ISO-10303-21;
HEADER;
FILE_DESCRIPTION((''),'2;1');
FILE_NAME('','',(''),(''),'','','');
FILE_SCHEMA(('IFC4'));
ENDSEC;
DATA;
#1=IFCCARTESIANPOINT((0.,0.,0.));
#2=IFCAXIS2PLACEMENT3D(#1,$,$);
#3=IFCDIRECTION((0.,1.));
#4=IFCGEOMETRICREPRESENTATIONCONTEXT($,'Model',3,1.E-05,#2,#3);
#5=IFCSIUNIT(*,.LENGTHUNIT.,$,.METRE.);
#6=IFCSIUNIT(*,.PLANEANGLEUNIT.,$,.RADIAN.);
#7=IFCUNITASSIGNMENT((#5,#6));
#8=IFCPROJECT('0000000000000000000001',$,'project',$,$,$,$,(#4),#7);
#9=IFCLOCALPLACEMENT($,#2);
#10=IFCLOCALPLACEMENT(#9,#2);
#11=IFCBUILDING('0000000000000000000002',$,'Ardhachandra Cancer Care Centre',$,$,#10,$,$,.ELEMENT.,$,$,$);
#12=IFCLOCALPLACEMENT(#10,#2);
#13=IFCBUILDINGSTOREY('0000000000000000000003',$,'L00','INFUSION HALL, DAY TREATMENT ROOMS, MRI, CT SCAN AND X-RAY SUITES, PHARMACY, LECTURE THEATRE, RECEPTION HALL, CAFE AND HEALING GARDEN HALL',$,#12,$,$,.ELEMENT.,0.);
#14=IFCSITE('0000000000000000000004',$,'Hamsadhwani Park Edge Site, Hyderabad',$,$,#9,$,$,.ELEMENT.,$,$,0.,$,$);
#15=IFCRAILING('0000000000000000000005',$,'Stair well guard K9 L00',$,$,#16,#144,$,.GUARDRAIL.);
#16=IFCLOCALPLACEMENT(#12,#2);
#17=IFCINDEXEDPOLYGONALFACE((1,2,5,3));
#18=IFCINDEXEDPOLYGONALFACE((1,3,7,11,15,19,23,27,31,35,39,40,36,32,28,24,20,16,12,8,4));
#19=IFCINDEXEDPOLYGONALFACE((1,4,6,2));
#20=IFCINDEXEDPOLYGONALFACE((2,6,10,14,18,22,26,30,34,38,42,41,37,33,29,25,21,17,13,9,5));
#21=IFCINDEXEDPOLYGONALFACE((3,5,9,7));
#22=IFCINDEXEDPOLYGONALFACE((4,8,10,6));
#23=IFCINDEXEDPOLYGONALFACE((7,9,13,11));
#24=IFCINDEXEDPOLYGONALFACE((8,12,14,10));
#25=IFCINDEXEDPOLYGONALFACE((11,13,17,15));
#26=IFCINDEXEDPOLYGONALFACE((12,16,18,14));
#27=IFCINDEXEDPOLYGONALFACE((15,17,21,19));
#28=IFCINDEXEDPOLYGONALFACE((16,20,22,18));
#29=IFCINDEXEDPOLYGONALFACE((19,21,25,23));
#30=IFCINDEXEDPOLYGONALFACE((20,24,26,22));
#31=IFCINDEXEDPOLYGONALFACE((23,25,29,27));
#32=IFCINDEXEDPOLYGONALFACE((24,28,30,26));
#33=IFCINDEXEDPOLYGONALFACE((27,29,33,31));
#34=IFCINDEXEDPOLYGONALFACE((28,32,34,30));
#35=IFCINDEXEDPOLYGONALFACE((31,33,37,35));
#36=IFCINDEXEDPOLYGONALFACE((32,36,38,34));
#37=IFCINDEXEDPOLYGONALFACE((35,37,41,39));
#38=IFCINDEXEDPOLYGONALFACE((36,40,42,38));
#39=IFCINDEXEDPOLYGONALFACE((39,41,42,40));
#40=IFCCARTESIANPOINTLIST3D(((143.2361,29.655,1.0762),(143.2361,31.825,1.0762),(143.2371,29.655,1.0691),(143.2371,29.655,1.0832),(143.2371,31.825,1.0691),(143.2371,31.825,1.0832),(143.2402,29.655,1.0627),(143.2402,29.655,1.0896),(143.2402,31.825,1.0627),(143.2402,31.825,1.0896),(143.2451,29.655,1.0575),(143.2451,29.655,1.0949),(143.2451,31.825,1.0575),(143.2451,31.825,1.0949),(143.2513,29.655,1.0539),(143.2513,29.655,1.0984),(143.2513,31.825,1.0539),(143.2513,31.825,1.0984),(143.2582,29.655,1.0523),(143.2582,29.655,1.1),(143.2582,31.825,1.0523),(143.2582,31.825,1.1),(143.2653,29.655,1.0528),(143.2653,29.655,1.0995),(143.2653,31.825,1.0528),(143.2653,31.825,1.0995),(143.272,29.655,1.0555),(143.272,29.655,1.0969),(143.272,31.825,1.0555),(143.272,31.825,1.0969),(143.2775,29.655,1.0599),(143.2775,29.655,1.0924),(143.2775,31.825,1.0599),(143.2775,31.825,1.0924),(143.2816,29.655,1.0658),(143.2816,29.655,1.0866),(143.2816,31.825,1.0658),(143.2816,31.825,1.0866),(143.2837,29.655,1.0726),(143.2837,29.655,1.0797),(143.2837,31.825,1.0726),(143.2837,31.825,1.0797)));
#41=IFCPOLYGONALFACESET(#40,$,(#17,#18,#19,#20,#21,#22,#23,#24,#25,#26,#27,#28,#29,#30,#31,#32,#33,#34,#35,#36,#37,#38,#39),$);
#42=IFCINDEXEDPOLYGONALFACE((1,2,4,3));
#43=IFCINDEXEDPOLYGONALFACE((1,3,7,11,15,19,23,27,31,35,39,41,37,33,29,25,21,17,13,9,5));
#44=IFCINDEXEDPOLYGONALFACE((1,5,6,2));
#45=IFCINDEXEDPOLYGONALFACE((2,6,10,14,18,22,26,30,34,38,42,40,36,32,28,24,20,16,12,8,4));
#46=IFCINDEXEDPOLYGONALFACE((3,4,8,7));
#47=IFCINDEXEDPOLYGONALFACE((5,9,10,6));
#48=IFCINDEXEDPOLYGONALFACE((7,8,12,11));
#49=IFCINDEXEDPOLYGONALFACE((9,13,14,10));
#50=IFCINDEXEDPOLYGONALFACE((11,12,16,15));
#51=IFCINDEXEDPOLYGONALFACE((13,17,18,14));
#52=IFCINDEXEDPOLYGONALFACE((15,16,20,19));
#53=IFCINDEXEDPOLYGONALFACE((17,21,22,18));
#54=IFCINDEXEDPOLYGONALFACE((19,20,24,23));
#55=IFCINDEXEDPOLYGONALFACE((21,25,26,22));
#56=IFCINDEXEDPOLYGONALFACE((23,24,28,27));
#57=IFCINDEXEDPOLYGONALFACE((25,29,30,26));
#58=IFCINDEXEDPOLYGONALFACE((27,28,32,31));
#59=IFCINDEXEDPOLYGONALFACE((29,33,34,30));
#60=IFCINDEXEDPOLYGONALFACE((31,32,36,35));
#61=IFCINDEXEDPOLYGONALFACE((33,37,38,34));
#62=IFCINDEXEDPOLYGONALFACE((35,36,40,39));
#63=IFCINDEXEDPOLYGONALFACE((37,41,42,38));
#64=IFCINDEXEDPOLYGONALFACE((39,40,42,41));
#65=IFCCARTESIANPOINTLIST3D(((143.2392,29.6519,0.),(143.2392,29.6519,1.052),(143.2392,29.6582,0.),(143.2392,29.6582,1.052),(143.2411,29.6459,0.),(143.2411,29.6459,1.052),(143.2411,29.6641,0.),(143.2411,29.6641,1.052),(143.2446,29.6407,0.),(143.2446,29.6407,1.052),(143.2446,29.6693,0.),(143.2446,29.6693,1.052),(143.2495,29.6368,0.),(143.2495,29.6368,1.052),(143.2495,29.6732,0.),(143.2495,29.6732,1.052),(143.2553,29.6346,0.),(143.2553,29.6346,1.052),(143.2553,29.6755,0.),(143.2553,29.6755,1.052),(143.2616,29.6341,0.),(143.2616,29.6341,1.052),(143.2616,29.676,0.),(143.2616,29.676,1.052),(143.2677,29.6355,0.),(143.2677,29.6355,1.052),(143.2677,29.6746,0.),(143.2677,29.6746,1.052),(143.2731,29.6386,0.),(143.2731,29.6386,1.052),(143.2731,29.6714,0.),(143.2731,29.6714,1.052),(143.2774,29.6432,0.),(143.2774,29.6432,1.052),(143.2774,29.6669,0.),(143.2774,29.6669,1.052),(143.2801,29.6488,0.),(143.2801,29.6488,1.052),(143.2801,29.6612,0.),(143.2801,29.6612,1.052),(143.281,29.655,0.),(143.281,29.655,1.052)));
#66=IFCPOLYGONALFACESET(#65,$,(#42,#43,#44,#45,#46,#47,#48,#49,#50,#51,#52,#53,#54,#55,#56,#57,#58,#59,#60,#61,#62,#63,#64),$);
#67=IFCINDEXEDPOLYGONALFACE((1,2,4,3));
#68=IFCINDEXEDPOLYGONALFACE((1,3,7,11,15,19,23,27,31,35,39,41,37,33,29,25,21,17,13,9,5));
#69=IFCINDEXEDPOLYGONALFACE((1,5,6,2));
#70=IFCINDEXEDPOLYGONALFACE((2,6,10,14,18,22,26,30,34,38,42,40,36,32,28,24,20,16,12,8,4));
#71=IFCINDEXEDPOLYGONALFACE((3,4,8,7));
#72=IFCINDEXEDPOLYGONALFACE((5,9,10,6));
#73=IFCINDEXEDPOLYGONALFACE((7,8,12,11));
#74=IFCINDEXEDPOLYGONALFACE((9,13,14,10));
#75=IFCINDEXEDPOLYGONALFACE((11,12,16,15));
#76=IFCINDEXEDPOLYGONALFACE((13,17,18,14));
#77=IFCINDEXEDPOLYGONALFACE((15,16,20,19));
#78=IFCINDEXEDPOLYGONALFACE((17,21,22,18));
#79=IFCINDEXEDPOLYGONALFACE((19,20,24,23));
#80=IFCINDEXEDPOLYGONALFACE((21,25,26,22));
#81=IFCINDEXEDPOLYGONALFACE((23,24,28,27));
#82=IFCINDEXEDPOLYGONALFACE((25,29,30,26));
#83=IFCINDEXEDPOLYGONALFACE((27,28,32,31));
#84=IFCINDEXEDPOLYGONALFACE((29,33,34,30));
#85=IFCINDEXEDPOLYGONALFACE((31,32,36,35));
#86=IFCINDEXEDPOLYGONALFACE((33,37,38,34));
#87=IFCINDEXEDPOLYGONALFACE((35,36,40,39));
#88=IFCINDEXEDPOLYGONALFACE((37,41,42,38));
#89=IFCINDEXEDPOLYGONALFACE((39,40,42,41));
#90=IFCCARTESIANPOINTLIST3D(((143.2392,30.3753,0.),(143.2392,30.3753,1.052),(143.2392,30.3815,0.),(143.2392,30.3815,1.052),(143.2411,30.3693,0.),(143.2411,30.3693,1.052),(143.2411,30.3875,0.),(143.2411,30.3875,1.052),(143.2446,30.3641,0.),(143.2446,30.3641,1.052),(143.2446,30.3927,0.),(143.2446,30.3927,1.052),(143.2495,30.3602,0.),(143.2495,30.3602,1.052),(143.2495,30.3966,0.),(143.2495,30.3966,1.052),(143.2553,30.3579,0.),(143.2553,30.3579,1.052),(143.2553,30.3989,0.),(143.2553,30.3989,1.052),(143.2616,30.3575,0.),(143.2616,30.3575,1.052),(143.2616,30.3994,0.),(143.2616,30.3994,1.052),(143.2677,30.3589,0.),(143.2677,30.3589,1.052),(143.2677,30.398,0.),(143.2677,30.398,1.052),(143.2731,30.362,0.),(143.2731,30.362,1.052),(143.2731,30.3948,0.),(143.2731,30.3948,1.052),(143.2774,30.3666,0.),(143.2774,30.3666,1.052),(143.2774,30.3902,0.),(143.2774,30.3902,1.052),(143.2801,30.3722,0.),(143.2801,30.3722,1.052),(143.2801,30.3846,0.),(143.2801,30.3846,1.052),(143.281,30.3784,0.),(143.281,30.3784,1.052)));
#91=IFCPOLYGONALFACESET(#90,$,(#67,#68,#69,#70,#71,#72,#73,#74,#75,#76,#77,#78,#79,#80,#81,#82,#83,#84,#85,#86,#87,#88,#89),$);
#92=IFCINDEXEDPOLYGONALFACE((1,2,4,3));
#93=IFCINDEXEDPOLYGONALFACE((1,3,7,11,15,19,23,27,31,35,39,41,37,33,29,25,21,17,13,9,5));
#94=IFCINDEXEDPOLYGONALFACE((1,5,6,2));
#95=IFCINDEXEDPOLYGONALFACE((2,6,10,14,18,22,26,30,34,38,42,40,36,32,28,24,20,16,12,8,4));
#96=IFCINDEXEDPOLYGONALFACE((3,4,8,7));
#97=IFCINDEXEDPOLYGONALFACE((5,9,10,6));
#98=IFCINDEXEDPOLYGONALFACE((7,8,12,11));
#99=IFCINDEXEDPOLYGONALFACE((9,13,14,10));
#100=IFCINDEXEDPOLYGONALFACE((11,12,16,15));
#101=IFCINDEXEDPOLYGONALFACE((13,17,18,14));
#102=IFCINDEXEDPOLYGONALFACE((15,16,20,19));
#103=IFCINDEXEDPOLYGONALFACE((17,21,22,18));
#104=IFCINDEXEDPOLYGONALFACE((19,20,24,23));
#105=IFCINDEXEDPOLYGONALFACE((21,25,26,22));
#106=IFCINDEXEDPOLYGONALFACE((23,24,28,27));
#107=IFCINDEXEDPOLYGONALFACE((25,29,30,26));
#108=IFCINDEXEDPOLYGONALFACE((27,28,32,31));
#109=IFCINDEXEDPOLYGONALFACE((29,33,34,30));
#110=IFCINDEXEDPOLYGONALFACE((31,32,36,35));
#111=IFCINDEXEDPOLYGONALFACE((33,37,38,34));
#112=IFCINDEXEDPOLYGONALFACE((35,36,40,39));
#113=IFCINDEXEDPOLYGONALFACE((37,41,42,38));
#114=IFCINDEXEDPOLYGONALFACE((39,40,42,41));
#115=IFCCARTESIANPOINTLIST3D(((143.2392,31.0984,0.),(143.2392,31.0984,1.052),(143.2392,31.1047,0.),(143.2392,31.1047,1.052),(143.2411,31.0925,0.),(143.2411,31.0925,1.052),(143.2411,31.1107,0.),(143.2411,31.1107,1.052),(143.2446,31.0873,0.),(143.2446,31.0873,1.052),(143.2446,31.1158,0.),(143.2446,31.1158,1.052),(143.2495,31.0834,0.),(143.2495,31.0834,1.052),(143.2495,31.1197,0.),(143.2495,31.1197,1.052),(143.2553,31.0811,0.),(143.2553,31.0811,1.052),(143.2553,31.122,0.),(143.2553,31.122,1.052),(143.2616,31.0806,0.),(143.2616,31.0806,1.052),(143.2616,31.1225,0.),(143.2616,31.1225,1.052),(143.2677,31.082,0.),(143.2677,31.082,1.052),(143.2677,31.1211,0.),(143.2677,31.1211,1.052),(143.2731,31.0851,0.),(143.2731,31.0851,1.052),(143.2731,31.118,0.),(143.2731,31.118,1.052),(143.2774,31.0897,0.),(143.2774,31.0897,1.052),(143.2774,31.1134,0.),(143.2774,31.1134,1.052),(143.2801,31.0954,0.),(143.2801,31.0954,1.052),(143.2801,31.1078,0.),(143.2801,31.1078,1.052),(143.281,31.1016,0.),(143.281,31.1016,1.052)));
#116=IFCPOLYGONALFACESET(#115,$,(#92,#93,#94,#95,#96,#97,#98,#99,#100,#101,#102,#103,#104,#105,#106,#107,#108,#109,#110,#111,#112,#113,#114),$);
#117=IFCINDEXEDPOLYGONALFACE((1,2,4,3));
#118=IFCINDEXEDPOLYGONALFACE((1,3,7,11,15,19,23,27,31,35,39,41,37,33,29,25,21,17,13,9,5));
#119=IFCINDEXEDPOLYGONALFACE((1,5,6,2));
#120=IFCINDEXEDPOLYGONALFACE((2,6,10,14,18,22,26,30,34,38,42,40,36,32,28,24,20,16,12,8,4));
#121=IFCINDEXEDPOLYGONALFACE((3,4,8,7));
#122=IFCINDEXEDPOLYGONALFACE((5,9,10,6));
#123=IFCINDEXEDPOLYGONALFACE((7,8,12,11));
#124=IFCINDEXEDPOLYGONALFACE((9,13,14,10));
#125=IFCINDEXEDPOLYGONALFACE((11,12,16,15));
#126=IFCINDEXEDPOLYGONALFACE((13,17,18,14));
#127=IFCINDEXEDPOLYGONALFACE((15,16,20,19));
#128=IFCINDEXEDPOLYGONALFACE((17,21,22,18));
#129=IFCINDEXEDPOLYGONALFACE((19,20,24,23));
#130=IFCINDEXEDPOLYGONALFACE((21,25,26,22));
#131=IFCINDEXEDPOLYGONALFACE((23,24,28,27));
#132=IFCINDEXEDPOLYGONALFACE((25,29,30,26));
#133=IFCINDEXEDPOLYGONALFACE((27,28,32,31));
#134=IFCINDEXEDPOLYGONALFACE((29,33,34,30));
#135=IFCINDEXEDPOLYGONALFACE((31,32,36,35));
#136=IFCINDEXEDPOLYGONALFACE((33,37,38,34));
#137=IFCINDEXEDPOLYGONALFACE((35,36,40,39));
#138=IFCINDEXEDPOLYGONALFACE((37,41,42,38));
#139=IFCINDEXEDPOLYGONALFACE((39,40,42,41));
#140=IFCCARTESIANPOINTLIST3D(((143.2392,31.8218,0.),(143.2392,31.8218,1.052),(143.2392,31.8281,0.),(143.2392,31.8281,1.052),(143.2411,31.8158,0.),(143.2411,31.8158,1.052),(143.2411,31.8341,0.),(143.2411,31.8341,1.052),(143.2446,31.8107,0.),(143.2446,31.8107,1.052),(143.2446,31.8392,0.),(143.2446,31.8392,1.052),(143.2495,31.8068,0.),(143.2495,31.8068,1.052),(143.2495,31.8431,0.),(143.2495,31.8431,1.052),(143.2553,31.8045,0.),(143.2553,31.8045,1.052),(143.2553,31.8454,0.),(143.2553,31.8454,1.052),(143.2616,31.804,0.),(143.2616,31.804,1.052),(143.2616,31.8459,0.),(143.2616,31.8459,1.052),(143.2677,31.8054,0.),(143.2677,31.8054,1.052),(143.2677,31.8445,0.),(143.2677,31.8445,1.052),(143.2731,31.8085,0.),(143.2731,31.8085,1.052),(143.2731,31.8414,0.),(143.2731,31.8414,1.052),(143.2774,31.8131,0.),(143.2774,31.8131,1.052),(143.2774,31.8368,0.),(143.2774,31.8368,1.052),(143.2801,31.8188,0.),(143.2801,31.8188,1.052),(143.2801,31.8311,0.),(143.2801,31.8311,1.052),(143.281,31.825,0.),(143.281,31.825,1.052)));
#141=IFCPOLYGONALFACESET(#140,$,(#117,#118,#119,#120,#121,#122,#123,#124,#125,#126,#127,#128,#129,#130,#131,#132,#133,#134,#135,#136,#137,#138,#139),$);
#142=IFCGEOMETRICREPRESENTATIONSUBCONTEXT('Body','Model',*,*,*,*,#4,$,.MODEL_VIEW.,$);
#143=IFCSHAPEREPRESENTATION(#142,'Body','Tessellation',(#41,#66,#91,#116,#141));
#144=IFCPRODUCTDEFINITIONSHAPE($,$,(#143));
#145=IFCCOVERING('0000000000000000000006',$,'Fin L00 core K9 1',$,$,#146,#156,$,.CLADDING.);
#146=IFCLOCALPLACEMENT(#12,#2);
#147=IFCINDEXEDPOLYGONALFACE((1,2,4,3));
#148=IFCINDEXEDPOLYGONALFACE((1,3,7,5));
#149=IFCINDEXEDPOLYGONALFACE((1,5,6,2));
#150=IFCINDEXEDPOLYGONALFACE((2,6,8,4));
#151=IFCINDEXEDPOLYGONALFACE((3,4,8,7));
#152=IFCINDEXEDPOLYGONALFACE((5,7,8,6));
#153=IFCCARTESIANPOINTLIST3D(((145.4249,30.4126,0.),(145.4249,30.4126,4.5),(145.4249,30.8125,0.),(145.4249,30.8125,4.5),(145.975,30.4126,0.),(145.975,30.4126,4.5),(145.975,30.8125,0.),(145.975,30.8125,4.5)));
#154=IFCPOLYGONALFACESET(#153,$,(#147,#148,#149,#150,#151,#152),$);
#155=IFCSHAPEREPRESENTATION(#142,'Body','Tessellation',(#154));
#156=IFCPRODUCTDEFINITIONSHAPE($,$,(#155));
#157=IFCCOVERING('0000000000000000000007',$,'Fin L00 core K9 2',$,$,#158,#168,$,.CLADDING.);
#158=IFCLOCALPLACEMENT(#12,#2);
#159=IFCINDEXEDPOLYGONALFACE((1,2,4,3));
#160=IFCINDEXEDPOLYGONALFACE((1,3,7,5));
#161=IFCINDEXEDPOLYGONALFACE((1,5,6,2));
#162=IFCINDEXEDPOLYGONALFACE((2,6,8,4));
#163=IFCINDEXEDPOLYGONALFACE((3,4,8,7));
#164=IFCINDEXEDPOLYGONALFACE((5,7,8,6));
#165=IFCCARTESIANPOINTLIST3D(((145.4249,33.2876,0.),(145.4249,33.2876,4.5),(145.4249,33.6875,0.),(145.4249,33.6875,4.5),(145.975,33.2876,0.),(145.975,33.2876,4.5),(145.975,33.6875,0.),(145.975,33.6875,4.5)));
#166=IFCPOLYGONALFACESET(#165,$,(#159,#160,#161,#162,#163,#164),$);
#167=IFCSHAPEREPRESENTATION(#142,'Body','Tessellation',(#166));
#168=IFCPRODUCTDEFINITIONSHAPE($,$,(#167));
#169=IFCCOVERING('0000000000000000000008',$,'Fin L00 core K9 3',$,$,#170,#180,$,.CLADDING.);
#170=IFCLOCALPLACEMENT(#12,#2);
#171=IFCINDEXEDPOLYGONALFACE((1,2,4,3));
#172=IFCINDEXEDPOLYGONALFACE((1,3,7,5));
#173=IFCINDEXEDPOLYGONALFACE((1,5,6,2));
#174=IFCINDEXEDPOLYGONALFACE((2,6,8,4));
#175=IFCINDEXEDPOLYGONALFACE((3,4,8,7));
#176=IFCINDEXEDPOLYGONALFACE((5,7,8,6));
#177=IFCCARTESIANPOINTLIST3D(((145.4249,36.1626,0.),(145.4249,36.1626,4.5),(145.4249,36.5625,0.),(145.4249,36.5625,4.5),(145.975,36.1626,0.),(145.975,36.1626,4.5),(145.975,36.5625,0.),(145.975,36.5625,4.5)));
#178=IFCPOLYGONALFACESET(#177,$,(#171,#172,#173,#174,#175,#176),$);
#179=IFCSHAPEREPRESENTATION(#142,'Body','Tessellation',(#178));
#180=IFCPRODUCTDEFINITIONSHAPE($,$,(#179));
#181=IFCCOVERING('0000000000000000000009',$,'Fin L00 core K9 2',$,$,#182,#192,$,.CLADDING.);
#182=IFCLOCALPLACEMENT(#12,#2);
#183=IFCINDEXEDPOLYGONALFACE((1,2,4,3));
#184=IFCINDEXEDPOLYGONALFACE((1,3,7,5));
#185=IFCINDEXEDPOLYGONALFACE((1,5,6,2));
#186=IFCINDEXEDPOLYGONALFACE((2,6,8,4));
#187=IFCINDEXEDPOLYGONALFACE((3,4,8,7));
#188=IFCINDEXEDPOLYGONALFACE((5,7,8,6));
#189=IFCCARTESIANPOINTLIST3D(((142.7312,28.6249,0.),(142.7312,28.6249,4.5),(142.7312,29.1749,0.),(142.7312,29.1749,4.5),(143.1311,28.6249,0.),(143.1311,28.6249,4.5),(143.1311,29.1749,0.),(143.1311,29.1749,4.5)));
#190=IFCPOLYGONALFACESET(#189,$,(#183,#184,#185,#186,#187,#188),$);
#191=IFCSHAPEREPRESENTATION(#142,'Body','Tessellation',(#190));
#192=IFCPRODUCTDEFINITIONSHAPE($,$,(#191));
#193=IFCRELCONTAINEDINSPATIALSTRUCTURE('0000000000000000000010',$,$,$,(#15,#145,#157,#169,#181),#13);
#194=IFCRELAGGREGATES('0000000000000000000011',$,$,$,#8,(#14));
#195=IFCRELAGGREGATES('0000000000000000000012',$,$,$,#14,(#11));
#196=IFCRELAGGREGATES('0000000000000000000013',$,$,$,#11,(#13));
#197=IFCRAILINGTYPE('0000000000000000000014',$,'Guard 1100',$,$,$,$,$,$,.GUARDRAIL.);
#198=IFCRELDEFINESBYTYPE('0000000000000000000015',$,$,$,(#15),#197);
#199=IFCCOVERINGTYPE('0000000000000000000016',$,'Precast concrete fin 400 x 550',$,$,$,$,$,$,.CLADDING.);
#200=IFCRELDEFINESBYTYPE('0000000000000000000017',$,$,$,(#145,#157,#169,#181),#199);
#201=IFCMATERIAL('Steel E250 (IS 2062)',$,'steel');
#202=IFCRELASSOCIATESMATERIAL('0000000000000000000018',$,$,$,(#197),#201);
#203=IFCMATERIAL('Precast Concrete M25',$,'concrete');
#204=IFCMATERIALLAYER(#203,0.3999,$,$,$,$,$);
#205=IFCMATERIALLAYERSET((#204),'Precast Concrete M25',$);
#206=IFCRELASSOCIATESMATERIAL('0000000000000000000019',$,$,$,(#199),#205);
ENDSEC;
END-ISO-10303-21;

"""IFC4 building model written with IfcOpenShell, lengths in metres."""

from ifc_helpers import new_model, si_unit, direction, frame, origin, origin_2d, place, context, subcontext, project, spatial, rectangle, circle, extrude, material, layer, layer_set, type_object, element, save


model = new_model("IFC4")

# Units and contexts
model_context = context("Model", 3, precision=1e-05, world=origin(), true_north=direction((0.0, 1.0)))
body_context = subcontext(model_context, "Body", "Model", "MODEL_VIEW")
ifc_project = project(units=[si_unit("LENGTHUNIT", "METRE"), si_unit("PLANEANGLEUNIT", "RADIAN")], contexts=[model_context])

# Site, building, storey
site_placement = place(None, origin())
site = spatial("IfcSite", under=ifc_project, at=site_placement, Name="Hamsadhwani Park Edge Site, Hyderabad", CompositionType="ELEMENT", RefElevation=0.0)
building_placement = place(site_placement, origin())
building = spatial("IfcBuilding", under=site, at=building_placement, Name="Ardhachandra Cancer Care Centre", CompositionType="ELEMENT")
storey_placement = place(building_placement, origin())
storey = spatial("IfcBuildingStorey", under=building, at=storey_placement, Name="L00", Description="INFUSION HALL, DAY TREATMENT ROOMS, MRI, CT SCAN AND X-RAY SUITES, PHARMACY, LECTURE THEATRE, RECEPTION HALL, CAFE AND HEALING GARDEN HALL", CompositionType="ELEMENT", Elevation=0.0)

# Railing
ifc_material_1 = material(Name="Steel E250 (IS 2062)", Category="steel")
railing_type_1 = type_object("IfcRailingType", Name="Guard 1100", PredefinedType="GUARDRAIL", material=ifc_material_1)
railing_1_placement = place(storey_placement, frame((143.26, 29.655, 0.0)))
element("IfcRailing", 1, at=railing_1_placement, inside=storey, type_object=railing_type_1, Name="Stair well guard K9 L00", PredefinedType="GUARDRAIL", context=body_context, shape_type="SweptSolid", body=[
    extrude(circle(Radius=0.0239, at=origin_2d()), frame((0.0, 0.0, 1.0762), z_axis=(0.0, 1.0, 0.0), x_axis=(-1.0, 0.0, 0.0)), (0.0, 0.0, 1.0), 2.1699),
    extrude(circle(Radius=0.021, at=origin_2d()), origin(), (0.0, 0.0, 1.0), 1.052),
    extrude(circle(Radius=0.021, at=origin_2d()), frame((0.0, 0.7234, 0.0)), (0.0, 0.0, 1.0), 1.052),
    extrude(circle(Radius=0.021, at=origin_2d()), frame((0.0, 1.4465, 0.0)), (0.0, 0.0, 1.0), 1.052),
    extrude(circle(Radius=0.021, at=origin_2d()), frame((0.0, 2.1699, 0.0)), (0.0, 0.0, 1.0), 1.052),
])

# Coverings
ifc_material_2 = material(Name="Precast Concrete M25", Category="concrete")
ifc_layer_1 = layer(ifc_material_2, 0.3999)
ifc_layer_set_1 = layer_set([ifc_layer_1], Name="Precast Concrete M25")
covering_type = type_object("IfcCoveringType", Name="Precast concrete fin 400 x 550", PredefinedType="CLADDING", material=ifc_layer_set_1)
for number, where, z_axis, x_axis, name in (
    (2, (145.7, 30.6125, 0.0), (0.0, 0.0, 1.0), (0.0, 1.0, 0.0), "Fin L00 core K9 1"),
    (3, (145.7, 33.4875, 0.0), (0.0, 0.0, 1.0), (0.0, 1.0, 0.0), "Fin L00 core K9 2"),
    (4, (145.7, 36.3625, 0.0), (0.0, 0.0, 1.0), (0.0, 1.0, 0.0), "Fin L00 core K9 3"),
    (5, (142.9312, 28.8999, 0.0), (0.0, 0.0, 1.0), (1.0, 0.0, 0.0), "Fin L00 core K9 2"),
):
    element("IfcCovering", number, at=place(storey_placement, frame(where, z_axis=z_axis, x_axis=x_axis)), inside=storey, type_object=covering_type, Name=name, PredefinedType="CLADDING", context=body_context, shape_type="SweptSolid", body=[
        extrude(rectangle(XDim=0.3999, YDim=0.55, at=origin_2d()), origin(), (0.0, 0.0, 1.0), 4.5),
    ])

save(model, "model.ifc")
